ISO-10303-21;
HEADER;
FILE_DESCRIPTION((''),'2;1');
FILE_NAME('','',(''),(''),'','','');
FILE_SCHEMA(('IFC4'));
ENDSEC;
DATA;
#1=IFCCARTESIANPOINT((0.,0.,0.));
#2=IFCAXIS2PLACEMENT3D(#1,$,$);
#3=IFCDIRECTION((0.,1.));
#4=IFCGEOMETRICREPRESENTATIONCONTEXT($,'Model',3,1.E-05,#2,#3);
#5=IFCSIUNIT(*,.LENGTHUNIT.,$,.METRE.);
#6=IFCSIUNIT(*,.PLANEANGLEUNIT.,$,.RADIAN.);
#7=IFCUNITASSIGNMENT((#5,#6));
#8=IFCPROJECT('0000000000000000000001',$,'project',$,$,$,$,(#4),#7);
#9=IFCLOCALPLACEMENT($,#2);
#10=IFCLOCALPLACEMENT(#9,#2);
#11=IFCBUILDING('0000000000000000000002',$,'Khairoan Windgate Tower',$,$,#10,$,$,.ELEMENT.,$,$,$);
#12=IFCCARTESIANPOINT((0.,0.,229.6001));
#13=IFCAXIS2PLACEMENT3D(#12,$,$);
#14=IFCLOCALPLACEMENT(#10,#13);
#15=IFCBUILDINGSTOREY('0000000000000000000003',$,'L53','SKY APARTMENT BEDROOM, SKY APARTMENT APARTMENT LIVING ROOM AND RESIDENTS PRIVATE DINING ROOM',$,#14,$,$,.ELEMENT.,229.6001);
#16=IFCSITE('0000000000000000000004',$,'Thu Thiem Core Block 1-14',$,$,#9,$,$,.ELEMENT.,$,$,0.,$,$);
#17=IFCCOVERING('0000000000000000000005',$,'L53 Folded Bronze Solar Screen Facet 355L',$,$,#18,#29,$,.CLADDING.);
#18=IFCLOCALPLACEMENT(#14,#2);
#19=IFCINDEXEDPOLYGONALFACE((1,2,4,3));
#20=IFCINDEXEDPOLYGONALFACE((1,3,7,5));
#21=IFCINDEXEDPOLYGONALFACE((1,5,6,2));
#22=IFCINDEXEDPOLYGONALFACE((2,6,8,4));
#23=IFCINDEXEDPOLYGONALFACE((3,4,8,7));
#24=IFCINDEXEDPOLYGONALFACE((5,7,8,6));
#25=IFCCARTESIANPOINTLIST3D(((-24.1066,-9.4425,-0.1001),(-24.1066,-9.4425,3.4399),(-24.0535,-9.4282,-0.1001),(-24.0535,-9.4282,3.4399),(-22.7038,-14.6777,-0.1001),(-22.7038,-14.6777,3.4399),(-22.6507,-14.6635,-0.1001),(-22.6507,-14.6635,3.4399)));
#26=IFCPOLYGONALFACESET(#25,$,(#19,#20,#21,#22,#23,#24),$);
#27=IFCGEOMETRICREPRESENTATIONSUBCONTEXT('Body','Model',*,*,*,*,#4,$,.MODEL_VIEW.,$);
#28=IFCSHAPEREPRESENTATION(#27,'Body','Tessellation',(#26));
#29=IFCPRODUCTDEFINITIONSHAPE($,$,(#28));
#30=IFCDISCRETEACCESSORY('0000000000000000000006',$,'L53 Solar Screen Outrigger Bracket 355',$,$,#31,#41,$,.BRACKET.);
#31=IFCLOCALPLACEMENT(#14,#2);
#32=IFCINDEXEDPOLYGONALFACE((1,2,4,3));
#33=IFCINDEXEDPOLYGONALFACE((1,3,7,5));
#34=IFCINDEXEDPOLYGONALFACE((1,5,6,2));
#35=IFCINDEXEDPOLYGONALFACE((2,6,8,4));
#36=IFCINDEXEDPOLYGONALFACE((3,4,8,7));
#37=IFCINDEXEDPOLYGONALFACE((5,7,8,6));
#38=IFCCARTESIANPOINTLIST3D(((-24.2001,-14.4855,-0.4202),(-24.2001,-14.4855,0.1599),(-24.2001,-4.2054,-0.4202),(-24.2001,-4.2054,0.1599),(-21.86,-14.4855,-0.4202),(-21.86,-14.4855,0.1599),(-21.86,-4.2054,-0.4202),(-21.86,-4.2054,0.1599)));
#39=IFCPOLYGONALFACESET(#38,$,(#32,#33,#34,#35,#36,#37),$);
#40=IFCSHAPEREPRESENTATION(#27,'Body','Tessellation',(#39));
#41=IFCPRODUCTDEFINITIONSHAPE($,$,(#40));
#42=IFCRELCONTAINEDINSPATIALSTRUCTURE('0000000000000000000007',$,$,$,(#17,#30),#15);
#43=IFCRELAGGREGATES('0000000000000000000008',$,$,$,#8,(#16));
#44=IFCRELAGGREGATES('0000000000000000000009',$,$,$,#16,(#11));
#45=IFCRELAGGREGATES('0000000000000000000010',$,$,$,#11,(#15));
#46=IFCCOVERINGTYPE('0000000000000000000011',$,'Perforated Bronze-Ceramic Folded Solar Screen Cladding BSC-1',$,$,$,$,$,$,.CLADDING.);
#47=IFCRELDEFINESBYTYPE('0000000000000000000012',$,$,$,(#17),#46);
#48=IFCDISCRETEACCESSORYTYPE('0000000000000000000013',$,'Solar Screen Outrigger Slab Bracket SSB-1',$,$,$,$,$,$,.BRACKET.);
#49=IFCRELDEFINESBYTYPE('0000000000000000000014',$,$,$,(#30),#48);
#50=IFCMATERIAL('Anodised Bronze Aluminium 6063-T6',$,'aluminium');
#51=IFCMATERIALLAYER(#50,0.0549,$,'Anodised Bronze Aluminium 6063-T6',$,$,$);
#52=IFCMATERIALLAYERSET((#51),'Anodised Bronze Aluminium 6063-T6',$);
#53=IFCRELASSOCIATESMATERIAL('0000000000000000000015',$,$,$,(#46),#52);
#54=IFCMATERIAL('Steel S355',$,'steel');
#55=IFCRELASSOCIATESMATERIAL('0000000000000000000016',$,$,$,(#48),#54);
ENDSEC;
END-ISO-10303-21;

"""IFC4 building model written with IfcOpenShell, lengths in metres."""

from ifc_helpers import new_model, si_unit, direction, frame, origin, origin_2d, place, context, subcontext, project, spatial, rectangle, extrude, material, layer, layer_set, type_object, element, save


model = new_model("IFC4")

# Units and contexts
model_context = context("Model", 3, precision=1e-05, world=origin(), true_north=direction((0.0, 1.0)))
body_context = subcontext(model_context, "Body", "Model", "MODEL_VIEW")
ifc_project = project(units=[si_unit("LENGTHUNIT", "METRE"), si_unit("PLANEANGLEUNIT", "RADIAN")], contexts=[model_context])

# Site, building, storey
site_placement = place(None, origin())
site = spatial("IfcSite", under=ifc_project, at=site_placement, Name="Thu Thiem Core Block 1-14", CompositionType="ELEMENT", RefElevation=0.0)
building_placement = place(site_placement, origin())
building = spatial("IfcBuilding", under=site, at=building_placement, Name="Khairoan Windgate Tower", CompositionType="ELEMENT")
storey_placement = place(building_placement, frame((0.0, 0.0, 229.6001)))
storey = spatial("IfcBuildingStorey", under=building, at=storey_placement, Name="L53", Description="SKY APARTMENT BEDROOM, SKY APARTMENT APARTMENT LIVING ROOM AND RESIDENTS PRIVATE DINING ROOM", CompositionType="ELEMENT", Elevation=229.6001)

# Covering
ifc_material_1 = material(Name="Anodised Bronze Aluminium 6063-T6", Category="aluminium")
ifc_layer_1 = layer(ifc_material_1, 0.0549, Name="Anodised Bronze Aluminium 6063-T6")
ifc_layer_set_1 = layer_set([ifc_layer_1], Name="Anodised Bronze Aluminium 6063-T6")
covering_type = type_object("IfcCoveringType", Name="Perforated Bronze-Ceramic Folded Solar Screen Cladding BSC-1", PredefinedType="CLADDING", material=ifc_layer_set_1)
covering_placement = place(storey_placement, frame((-23.3787, -12.053, -0.1001), z_axis=(0.0, 0.0, 1.0), x_axis=(-0.258819, 0.965926, 0.0)))
element("IfcCovering", 1, at=covering_placement, inside=storey, type_object=covering_type, Name="L53 Folded Bronze Solar Screen Facet 355L", PredefinedType="CLADDING", context=body_context, shape_type="SweptSolid", body=[
    extrude(rectangle(XDim=5.4199, YDim=0.0549, at=origin_2d()), origin(), (0.0, 0.0, 1.0), 3.54),
])

# Discrete accessory
ifc_material_2 = material(Name="Steel S355", Category="steel")
discrete_accessory_type = type_object("IfcDiscreteAccessoryType", Name="Solar Screen Outrigger Slab Bracket SSB-1", PredefinedType="BRACKET", material=ifc_material_2)
discrete_accessory_placement = place(storey_placement, frame((-23.03, -9.3455, -0.4202), z_axis=(0.0, 0.0, 1.0), x_axis=(0.0, 1.0, 0.0)))
element("IfcDiscreteAccessory", 2, at=discrete_accessory_placement, inside=storey, type_object=discrete_accessory_type, Name="L53 Solar Screen Outrigger Bracket 355", PredefinedType="BRACKET", context=body_context, shape_type="SweptSolid", body=[
    extrude(rectangle(XDim=10.28, YDim=2.3401, at=origin_2d()), origin(), (0.0, 0.0, 1.0), 0.5801),
])

save(model, "model.ifc")
